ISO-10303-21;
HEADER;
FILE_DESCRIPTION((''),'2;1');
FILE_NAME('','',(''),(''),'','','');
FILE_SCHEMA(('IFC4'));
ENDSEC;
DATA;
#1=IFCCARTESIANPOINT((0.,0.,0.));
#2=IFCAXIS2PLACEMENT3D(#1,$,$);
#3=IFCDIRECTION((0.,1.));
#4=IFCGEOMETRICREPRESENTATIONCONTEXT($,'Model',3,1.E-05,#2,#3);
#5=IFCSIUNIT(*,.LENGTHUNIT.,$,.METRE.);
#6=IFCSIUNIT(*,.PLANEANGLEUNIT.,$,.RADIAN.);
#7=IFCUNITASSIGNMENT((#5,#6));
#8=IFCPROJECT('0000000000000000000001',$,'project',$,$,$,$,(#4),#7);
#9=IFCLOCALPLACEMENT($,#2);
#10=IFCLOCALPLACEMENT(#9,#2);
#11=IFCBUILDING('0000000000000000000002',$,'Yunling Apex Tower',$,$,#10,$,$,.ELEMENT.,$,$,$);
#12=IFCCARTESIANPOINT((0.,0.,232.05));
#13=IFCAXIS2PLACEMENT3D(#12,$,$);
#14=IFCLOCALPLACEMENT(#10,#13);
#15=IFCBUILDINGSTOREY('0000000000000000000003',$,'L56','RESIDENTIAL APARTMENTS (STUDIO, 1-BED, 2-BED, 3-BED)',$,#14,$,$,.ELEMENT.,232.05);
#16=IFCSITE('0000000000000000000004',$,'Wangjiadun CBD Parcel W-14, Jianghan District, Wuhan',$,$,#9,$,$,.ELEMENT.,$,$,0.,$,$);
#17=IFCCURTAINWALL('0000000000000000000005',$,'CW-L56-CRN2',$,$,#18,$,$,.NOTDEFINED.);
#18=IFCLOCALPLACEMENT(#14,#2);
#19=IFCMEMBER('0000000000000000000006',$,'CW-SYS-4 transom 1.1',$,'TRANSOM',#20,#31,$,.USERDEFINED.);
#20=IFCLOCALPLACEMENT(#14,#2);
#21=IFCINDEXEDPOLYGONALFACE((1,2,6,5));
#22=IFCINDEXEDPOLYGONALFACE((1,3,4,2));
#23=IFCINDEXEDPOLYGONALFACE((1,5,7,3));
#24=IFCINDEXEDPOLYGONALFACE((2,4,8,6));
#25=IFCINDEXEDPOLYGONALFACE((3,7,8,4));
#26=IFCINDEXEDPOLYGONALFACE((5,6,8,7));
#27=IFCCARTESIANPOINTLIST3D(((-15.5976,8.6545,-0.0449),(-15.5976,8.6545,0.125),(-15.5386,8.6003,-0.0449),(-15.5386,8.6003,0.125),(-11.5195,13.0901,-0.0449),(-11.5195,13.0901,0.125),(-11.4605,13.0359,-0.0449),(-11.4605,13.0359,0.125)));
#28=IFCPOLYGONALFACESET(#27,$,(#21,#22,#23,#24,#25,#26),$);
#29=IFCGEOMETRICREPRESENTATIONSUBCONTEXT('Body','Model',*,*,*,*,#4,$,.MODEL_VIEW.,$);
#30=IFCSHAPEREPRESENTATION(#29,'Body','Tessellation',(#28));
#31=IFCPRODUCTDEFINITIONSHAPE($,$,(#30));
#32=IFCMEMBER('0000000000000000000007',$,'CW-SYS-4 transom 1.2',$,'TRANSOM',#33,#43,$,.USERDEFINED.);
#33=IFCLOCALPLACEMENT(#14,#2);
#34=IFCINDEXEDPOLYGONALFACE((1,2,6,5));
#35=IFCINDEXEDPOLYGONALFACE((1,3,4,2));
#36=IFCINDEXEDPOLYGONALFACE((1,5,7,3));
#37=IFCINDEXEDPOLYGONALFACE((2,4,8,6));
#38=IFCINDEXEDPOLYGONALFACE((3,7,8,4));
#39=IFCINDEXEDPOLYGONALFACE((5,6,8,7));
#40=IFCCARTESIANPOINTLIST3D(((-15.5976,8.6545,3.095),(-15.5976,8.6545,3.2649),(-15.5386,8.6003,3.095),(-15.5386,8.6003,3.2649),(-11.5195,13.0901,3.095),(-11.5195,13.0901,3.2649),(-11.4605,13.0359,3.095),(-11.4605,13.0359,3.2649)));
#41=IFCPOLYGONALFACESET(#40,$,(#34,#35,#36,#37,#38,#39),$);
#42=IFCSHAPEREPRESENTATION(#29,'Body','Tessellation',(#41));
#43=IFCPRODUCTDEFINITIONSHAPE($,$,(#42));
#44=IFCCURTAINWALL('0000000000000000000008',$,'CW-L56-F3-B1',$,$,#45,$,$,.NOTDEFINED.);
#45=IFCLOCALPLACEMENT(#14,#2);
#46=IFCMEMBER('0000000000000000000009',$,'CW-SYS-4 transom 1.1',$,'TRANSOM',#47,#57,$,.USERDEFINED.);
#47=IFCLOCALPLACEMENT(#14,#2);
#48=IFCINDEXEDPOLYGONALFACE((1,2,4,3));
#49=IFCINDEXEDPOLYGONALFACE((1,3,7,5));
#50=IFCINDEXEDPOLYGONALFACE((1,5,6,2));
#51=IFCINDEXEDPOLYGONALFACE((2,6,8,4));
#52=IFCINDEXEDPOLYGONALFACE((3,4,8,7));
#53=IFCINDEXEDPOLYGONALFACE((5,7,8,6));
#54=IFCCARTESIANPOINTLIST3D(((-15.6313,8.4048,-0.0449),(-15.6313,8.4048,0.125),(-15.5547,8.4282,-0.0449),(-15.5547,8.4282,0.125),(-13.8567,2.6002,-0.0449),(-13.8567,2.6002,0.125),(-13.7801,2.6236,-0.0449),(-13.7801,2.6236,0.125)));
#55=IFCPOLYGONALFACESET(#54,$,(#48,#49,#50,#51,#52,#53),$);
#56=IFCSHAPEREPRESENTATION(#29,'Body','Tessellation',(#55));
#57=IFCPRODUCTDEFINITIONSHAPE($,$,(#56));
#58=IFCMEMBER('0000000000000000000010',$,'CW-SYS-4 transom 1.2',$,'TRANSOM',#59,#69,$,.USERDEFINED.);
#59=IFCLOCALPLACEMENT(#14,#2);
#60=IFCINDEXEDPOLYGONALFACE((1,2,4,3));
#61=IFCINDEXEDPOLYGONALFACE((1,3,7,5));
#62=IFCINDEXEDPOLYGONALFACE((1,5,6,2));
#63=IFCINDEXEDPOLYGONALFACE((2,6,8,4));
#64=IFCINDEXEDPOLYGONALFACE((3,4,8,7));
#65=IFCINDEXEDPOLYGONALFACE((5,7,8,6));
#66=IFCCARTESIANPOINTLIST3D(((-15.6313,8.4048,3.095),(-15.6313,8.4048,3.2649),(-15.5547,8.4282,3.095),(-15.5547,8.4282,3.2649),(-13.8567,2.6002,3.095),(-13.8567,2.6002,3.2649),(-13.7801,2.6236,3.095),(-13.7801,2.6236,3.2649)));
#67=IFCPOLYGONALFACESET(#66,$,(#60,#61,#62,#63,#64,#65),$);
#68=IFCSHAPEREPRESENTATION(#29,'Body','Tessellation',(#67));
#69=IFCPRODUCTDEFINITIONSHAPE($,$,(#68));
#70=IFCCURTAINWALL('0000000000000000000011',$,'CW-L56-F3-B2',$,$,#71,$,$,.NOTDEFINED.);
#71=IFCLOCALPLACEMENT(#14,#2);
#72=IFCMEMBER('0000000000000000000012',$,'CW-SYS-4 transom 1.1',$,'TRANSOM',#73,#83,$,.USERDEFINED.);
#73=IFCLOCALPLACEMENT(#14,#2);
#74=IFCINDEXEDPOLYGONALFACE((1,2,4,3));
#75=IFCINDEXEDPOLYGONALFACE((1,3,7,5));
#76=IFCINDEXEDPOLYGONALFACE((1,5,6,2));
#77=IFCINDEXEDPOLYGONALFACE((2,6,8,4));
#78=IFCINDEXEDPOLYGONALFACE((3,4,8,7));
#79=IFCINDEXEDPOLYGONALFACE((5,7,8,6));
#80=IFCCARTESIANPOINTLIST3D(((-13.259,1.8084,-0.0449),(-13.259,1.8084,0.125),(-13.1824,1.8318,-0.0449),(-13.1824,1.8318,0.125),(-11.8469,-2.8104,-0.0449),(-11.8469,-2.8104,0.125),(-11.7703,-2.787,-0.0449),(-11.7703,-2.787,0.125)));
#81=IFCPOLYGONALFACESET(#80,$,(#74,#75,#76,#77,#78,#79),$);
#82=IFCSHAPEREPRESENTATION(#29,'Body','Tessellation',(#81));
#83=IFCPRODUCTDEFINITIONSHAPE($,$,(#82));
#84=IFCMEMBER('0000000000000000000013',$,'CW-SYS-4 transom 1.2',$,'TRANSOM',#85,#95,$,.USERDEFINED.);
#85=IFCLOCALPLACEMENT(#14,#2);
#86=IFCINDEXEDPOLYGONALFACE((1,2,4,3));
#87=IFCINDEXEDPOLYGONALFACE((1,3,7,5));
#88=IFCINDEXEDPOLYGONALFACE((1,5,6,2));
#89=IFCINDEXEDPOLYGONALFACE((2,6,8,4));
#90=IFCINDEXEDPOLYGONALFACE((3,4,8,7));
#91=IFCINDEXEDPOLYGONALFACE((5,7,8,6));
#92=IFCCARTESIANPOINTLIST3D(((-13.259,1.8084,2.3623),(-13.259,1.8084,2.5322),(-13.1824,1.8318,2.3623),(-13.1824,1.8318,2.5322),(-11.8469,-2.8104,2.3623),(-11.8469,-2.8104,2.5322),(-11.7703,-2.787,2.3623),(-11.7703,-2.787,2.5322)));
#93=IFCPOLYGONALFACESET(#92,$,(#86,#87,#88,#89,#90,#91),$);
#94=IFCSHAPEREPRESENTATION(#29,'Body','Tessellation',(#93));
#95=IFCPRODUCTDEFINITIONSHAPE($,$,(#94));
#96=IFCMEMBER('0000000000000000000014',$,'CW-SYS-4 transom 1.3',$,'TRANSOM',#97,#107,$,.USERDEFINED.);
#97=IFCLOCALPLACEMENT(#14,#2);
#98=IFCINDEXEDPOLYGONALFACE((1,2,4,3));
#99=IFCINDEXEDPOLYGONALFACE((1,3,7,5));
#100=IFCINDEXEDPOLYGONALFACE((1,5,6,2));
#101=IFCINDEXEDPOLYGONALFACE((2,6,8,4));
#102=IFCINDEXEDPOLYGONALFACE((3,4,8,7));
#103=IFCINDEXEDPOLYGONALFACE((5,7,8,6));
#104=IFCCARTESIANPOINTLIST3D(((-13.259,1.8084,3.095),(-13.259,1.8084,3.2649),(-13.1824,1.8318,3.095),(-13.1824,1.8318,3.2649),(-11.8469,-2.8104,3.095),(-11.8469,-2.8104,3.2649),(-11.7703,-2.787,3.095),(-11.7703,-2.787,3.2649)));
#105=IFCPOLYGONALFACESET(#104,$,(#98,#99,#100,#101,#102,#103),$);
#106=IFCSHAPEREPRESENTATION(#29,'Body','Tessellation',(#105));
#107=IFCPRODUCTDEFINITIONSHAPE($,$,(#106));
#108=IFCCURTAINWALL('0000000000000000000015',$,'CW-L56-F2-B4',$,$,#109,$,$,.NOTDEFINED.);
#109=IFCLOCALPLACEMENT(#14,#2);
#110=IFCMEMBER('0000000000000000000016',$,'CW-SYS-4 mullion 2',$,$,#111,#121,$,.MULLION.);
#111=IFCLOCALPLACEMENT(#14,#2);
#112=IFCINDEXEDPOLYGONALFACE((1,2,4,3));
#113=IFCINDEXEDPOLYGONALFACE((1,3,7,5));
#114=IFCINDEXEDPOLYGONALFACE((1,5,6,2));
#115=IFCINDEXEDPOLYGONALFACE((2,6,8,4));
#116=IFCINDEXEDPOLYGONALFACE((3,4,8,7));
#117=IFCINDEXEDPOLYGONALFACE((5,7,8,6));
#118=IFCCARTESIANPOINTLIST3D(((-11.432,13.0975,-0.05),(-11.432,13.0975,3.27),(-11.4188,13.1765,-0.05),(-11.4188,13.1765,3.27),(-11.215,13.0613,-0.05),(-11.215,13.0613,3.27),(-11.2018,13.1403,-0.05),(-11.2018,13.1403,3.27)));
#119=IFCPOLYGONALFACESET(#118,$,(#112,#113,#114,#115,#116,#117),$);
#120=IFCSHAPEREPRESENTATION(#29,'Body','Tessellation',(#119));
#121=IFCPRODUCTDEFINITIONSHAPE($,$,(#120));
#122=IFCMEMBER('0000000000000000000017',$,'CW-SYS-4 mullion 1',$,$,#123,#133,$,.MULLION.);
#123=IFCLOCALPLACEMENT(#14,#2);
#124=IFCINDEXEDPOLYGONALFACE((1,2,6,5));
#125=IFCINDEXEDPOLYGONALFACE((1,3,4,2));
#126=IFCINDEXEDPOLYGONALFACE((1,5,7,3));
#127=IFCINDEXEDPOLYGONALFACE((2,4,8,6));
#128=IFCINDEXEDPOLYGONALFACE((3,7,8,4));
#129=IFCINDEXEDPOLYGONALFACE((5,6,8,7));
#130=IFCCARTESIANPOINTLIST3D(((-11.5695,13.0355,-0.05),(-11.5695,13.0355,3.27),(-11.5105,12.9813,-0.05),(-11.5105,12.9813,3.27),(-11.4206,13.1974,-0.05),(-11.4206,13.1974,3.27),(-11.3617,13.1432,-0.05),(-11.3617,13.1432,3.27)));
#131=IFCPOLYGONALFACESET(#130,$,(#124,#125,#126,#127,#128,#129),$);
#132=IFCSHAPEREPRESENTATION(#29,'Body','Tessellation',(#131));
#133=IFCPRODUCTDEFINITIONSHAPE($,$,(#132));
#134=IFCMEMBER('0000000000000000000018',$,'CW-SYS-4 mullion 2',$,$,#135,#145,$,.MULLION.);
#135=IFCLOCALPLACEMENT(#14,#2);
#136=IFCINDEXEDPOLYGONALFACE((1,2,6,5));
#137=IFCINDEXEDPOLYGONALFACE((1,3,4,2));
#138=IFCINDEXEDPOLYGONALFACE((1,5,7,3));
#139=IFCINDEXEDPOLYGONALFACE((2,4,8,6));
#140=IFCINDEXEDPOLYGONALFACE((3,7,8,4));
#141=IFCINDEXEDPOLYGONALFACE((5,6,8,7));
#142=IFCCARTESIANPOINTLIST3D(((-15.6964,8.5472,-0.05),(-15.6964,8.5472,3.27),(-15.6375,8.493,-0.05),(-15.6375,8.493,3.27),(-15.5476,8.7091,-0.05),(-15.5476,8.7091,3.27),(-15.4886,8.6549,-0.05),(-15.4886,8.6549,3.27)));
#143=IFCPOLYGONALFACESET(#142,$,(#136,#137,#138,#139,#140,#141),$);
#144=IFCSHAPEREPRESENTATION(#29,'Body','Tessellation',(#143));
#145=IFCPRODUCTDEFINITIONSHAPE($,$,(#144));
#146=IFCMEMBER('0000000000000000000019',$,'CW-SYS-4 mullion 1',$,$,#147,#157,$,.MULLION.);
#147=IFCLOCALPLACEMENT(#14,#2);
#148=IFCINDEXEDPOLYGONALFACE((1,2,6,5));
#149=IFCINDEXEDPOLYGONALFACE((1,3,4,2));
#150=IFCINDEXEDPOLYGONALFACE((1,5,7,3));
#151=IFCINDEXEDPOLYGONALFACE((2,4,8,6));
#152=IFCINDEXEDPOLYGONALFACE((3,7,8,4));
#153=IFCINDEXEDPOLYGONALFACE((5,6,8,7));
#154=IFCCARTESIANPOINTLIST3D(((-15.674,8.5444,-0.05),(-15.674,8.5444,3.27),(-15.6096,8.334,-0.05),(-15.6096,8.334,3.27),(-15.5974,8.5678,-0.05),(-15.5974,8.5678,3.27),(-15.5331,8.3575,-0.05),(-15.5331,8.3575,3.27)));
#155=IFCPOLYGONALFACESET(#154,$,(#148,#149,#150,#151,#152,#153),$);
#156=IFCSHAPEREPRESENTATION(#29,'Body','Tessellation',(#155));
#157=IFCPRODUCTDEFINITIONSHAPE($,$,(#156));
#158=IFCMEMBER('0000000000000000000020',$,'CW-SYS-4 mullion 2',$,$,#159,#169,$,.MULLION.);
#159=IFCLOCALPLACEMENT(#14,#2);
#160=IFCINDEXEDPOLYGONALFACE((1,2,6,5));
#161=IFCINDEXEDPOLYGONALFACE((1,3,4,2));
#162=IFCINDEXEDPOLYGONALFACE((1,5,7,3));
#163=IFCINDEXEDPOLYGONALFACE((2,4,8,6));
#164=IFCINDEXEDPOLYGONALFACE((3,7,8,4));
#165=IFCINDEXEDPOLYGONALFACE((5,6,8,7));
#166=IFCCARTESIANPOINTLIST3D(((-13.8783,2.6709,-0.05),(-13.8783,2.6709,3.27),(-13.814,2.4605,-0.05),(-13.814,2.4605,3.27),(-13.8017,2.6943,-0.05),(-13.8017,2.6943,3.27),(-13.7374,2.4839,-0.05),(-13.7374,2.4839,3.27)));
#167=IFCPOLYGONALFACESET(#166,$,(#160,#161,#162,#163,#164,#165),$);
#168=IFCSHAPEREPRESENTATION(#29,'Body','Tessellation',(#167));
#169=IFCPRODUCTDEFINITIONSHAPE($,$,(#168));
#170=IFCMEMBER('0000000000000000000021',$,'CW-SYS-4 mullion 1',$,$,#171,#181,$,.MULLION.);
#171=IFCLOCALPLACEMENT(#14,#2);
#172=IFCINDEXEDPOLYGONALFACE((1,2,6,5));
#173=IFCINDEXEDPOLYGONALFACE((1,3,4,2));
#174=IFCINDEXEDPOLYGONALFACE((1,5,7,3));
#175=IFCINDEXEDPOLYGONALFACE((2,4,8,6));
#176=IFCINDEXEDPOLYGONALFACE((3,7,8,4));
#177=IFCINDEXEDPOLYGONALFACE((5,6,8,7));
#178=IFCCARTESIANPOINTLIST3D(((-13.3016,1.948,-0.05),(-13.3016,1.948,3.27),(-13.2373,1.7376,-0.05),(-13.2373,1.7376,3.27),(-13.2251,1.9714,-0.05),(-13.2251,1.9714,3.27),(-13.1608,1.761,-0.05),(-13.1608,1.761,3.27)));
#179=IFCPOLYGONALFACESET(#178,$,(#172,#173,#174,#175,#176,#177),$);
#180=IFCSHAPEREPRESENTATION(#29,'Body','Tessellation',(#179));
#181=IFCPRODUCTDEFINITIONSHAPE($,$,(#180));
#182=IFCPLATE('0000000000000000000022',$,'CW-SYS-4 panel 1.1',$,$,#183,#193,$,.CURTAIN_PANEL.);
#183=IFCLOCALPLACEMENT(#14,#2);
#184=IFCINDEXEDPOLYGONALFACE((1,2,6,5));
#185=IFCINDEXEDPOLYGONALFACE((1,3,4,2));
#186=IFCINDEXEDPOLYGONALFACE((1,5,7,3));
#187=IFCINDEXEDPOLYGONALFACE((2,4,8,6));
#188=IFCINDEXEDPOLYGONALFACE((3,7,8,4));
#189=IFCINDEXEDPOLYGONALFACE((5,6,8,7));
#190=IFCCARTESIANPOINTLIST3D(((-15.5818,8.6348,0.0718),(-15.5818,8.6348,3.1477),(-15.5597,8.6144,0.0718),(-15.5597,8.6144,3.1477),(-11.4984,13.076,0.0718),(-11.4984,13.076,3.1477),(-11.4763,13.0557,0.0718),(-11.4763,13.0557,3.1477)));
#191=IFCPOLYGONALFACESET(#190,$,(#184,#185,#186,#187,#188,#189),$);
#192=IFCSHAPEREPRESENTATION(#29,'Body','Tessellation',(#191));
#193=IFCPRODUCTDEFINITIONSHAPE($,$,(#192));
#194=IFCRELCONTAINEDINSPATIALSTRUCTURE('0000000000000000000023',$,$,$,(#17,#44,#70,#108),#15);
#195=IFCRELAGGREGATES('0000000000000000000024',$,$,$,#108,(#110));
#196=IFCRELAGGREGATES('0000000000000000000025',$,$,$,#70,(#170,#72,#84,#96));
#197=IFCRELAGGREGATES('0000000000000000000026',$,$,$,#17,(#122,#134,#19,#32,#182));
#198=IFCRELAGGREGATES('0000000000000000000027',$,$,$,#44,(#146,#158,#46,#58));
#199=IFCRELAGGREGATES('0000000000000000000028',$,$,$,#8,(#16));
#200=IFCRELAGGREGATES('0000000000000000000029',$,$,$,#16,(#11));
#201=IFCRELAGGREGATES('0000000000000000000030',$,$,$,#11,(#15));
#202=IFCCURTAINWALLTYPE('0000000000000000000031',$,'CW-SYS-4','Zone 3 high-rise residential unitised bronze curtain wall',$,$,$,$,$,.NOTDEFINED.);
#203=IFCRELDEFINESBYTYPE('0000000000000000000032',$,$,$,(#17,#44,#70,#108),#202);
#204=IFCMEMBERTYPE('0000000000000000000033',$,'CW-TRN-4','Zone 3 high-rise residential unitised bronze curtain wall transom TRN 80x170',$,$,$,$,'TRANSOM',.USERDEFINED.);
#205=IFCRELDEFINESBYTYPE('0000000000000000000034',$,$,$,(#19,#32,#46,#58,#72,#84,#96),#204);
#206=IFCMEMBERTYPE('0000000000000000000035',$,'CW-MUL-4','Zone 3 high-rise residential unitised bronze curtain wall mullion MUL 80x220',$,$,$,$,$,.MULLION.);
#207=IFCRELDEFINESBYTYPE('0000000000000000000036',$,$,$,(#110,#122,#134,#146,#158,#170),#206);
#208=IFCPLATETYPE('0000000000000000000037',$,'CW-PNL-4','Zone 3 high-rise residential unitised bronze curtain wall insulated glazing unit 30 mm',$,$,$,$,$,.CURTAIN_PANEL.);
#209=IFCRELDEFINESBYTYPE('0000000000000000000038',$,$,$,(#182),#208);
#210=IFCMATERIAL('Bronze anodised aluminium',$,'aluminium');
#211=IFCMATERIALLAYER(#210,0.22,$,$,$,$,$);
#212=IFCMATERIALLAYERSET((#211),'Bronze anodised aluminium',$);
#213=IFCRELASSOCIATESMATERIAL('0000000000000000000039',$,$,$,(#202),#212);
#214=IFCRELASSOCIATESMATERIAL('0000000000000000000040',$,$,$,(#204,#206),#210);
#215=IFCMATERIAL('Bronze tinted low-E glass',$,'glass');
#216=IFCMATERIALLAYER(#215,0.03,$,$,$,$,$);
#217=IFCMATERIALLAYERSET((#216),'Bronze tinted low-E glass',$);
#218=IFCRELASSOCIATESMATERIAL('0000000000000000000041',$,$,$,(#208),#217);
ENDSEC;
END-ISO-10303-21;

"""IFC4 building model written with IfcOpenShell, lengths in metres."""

from ifc_helpers import new_model, si_unit, direction, frame, origin, origin_2d, place, context, subcontext, project, spatial, rectangle, extrude, source, transform, mapped, material, layer, layer_set, material_profile, profile_set, type_object, element, aggregate, save


model = new_model("IFC4")

# Units and contexts
model_context = context("Model", 3, precision=1e-05, world=origin(), true_north=direction((0.0, 1.0)))
body_context = subcontext(model_context, "Body", "Model", "MODEL_VIEW")
ifc_project = project(units=[si_unit("LENGTHUNIT", "METRE"), si_unit("PLANEANGLEUNIT", "RADIAN")], contexts=[model_context])

# Site, building, storey
site_placement = place(None, origin())
site = spatial("IfcSite", under=ifc_project, at=site_placement, Name="Wangjiadun CBD Parcel W-14, Jianghan District, Wuhan", CompositionType="ELEMENT", RefElevation=0.0)
building_placement = place(site_placement, origin())
building = spatial("IfcBuilding", under=site, at=building_placement, Name="Yunling Apex Tower", CompositionType="ELEMENT")
storey_placement = place(building_placement, frame((0.0, 0.0, 232.05)))
storey = spatial("IfcBuildingStorey", under=building, at=storey_placement, Name="L56", Description="RESIDENTIAL APARTMENTS (STUDIO, 1-BED, 2-BED, 3-BED)", CompositionType="ELEMENT", Elevation=232.05)

# Curtain walls, members
ifc_material_1 = material(Name="Bronze anodised aluminium", Category="aluminium")
ifc_layer_1 = layer(ifc_material_1, 0.22)
ifc_layer_set_1 = layer_set([ifc_layer_1], Name="Bronze anodised aluminium")
curtain_wall_type = type_object("IfcCurtainWallType", Name="CW-SYS-4", Description="Zone 3 high-rise residential unitised bronze curtain wall", PredefinedType="NOTDEFINED", material=ifc_layer_set_1)
curtain_wall_1_placement = place(storey_placement, origin())
curtain_wall_1 = element("IfcCurtainWall", 1, at=curtain_wall_1_placement, inside=storey, type_object=curtain_wall_type, Name="CW-L56-CRN2", PredefinedType="NOTDEFINED")
ifc_material_profile_1 = material_profile(ifc_material_1, rectangle(XDim=0.0801, YDim=0.1699, at=origin_2d()))
ifc_profile_set_1 = profile_set([ifc_material_profile_1], Name="Bronze anodised aluminium")
member_type_1 = type_object("IfcMemberType", Name="CW-TRN-4", Description="Zone 3 high-rise residential unitised bronze curtain wall transom TRN 80x170", ElementType="TRANSOM", PredefinedType="USERDEFINED", material=ifc_profile_set_1)
shared_shape_1 = source(origin(), body_context, "Body", "SweptSolid", [
    extrude(rectangle(XDim=0.0801, YDim=0.1699, at=origin_2d()), origin(), (0.0, 0.0, 1.0), 6.0254),
])
member_1_placement = place(storey_placement, frame((-11.49, 13.063, 0.04), z_axis=(-0.676825, -0.736144, 0.0), x_axis=(0.736144, -0.676825, 0.0)))
member_1 = element("IfcMember", 2, at=member_1_placement, type_object=member_type_1, Name="CW-SYS-4 transom 1.1", ObjectType="TRANSOM", PredefinedType="USERDEFINED", context=body_context, shape_type="MappedRepresentation", body=[
    mapped(shared_shape_1, transform((0.0, 0.0, 0.0), scale=1.0)),
])
member_2_placement = place(storey_placement, frame((-11.49, 13.063, 3.1799), z_axis=(-0.676825, -0.736144, 0.0), x_axis=(0.736144, -0.676825, 0.0)))
member_2 = element("IfcMember", 3, at=member_2_placement, type_object=member_type_1, Name="CW-SYS-4 transom 1.2", ObjectType="TRANSOM", PredefinedType="USERDEFINED", context=body_context, shape_type="MappedRepresentation", body=[
    mapped(shared_shape_1, transform((0.0, 0.0, 0.0), scale=1.0)),
])
curtain_wall_2_placement = place(storey_placement, origin())
curtain_wall_2 = element("IfcCurtainWall", 4, at=curtain_wall_2_placement, inside=storey, type_object=curtain_wall_type, Name="CW-L56-F3-B1", PredefinedType="NOTDEFINED")
shared_shape_2 = source(origin(), body_context, "Body", "SweptSolid", [
    extrude(rectangle(XDim=0.0801, YDim=0.1699, at=origin_2d()), origin(), (0.0, 0.0, 1.0), 6.0698),
])
member_3_placement = place(storey_placement, frame((-15.593, 8.4165, 0.04), z_axis=(0.29237, -0.956305, 0.0), x_axis=(0.956305, 0.29237, 0.0)))
member_3 = element("IfcMember", 5, at=member_3_placement, type_object=member_type_1, Name="CW-SYS-4 transom 1.1", ObjectType="TRANSOM", PredefinedType="USERDEFINED", context=body_context, shape_type="MappedRepresentation", body=[
    mapped(shared_shape_2, transform((0.0, 0.0, 0.0), scale=1.0)),
])
member_4_placement = place(storey_placement, frame((-15.593, 8.4165, 3.1799), z_axis=(0.29237, -0.956305, 0.0), x_axis=(0.956305, 0.29237, 0.0)))
member_4 = element("IfcMember", 6, at=member_4_placement, type_object=member_type_1, Name="CW-SYS-4 transom 1.2", ObjectType="TRANSOM", PredefinedType="USERDEFINED", context=body_context, shape_type="MappedRepresentation", body=[
    mapped(shared_shape_2, transform((0.0, 0.0, 0.0), scale=1.0)),
])
curtain_wall_3_placement = place(storey_placement, origin())
curtain_wall_3 = element("IfcCurtainWall", 7, at=curtain_wall_3_placement, inside=storey, type_object=curtain_wall_type, Name="CW-L56-F3-B2", PredefinedType="NOTDEFINED")
shared_shape_3 = source(origin(), body_context, "Body", "SweptSolid", [
    extrude(rectangle(XDim=0.0801, YDim=0.1699, at=origin_2d()), origin(), (0.0, 0.0, 1.0), 4.8298),
])
member_5_placement = place(storey_placement, frame((-13.2207, 1.8201, 0.04), z_axis=(0.292366, -0.956306, 0.0), x_axis=(0.956306, 0.292366, 0.0)))
member_5 = element("IfcMember", 8, at=member_5_placement, type_object=member_type_1, Name="CW-SYS-4 transom 1.1", ObjectType="TRANSOM", PredefinedType="USERDEFINED", context=body_context, shape_type="MappedRepresentation", body=[
    mapped(shared_shape_3, transform((0.0, 0.0, 0.0), scale=1.0)),
])
member_6_placement = place(storey_placement, frame((-13.2207, 1.8201, 2.4473), z_axis=(0.292366, -0.956306, 0.0), x_axis=(0.956306, 0.292366, 0.0)))
member_6 = element("IfcMember", 9, at=member_6_placement, type_object=member_type_1, Name="CW-SYS-4 transom 1.2", ObjectType="TRANSOM", PredefinedType="USERDEFINED", context=body_context, shape_type="MappedRepresentation", body=[
    mapped(shared_shape_3, transform((0.0, 0.0, 0.0), scale=1.0)),
])
member_7_placement = place(storey_placement, frame((-13.2207, 1.8201, 3.1799), z_axis=(0.292366, -0.956306, 0.0), x_axis=(0.956306, 0.292366, 0.0)))
member_7 = element("IfcMember", 10, at=member_7_placement, type_object=member_type_1, Name="CW-SYS-4 transom 1.3", ObjectType="TRANSOM", PredefinedType="USERDEFINED", context=body_context, shape_type="MappedRepresentation", body=[
    mapped(shared_shape_3, transform((0.0, 0.0, 0.0), scale=1.0)),
])

# Curtain wall, member
curtain_wall_4_placement = place(storey_placement, origin())
curtain_wall_4 = element("IfcCurtainWall", 11, at=curtain_wall_4_placement, inside=storey, type_object=curtain_wall_type, Name="CW-L56-F2-B4", PredefinedType="NOTDEFINED")
ifc_material_profile_2 = material_profile(ifc_material_1, rectangle(XDim=0.0801, YDim=0.22, at=origin_2d()))
ifc_profile_set_2 = profile_set([ifc_material_profile_2], Name="Bronze anodised aluminium")
member_type_2 = type_object("IfcMemberType", Name="CW-MUL-4", Description="Zone 3 high-rise residential unitised bronze curtain wall mullion MUL 80x220", PredefinedType="MULLION", material=ifc_profile_set_2)
shared_shape_4 = source(origin(), body_context, "Body", "SweptSolid", [
    extrude(rectangle(XDim=0.0801, YDim=0.22, at=origin_2d()), origin(), (0.0, 0.0, 1.0), 3.3201),
])
member_8_placement = place(storey_placement, frame((-11.3169, 13.1189, -0.05), z_axis=(0.0, 0.0, 1.0), x_axis=(-0.164353, -0.986402, 0.0)))
member_8 = element("IfcMember", 12, at=member_8_placement, type_object=member_type_2, Name="CW-SYS-4 mullion 2", PredefinedType="MULLION", context=body_context, shape_type="MappedRepresentation", body=[
    mapped(shared_shape_4, transform((0.0, 0.0, 0.0), scale=1.0)),
])
aggregate(curtain_wall_4, [member_8])

# Members
member_9_placement = place(storey_placement, frame((-11.4656, 13.0894, -0.05), z_axis=(0.0, 0.0, 1.0), x_axis=(0.736134, -0.676836, 0.0)))
member_9 = element("IfcMember", 13, at=member_9_placement, type_object=member_type_2, Name="CW-SYS-4 mullion 1", PredefinedType="MULLION", context=body_context, shape_type="MappedRepresentation", body=[
    mapped(shared_shape_4, transform((0.0, 0.0, 0.0), scale=1.0)),
])
member_10_placement = place(storey_placement, frame((-15.5925, 8.6011, -0.05), z_axis=(0.0, 0.0, 1.0), x_axis=(0.736134, -0.676836, 0.0)))
member_10 = element("IfcMember", 14, at=member_10_placement, type_object=member_type_2, Name="CW-SYS-4 mullion 2", PredefinedType="MULLION", context=body_context, shape_type="MappedRepresentation", body=[
    mapped(shared_shape_4, transform((0.0, 0.0, 0.0), scale=1.0)),
])
member_11_placement = place(storey_placement, frame((-15.6035, 8.4509, -0.05), z_axis=(0.0, 0.0, 1.0), x_axis=(0.956305, 0.292372, 0.0)))
member_11 = element("IfcMember", 15, at=member_11_placement, type_object=member_type_2, Name="CW-SYS-4 mullion 1", PredefinedType="MULLION", context=body_context, shape_type="MappedRepresentation", body=[
    mapped(shared_shape_4, transform((0.0, 0.0, 0.0), scale=1.0)),
])
member_12_placement = place(storey_placement, frame((-13.8079, 2.5774, -0.05), z_axis=(0.0, 0.0, 1.0), x_axis=(0.956305, 0.292372, 0.0)))
member_12 = element("IfcMember", 16, at=member_12_placement, type_object=member_type_2, Name="CW-SYS-4 mullion 2", PredefinedType="MULLION", context=body_context, shape_type="MappedRepresentation", body=[
    mapped(shared_shape_4, transform((0.0, 0.0, 0.0), scale=1.0)),
])
member_13_placement = place(storey_placement, frame((-13.2312, 1.8545, -0.05), z_axis=(0.0, 0.0, 1.0), x_axis=(0.956304, 0.292373, 0.0)))
member_13 = element("IfcMember", 17, at=member_13_placement, type_object=member_type_2, Name="CW-SYS-4 mullion 1", PredefinedType="MULLION", context=body_context, shape_type="MappedRepresentation", body=[
    mapped(shared_shape_4, transform((0.0, 0.0, 0.0), scale=1.0)),
])
aggregate(curtain_wall_3, [member_13, member_5, member_6, member_7])

# Plate
ifc_material_2 = material(Name="Bronze tinted low-E glass", Category="glass")
ifc_layer_2 = layer(ifc_material_2, 0.03)
ifc_layer_set_2 = layer_set([ifc_layer_2], Name="Bronze tinted low-E glass")
plate_type = type_object("IfcPlateType", Name="CW-PNL-4", Description="Zone 3 high-rise residential unitised bronze curtain wall insulated glazing unit 30 mm", PredefinedType="CURTAIN_PANEL", material=ifc_layer_set_2)
shared_shape_5 = source(origin(), body_context, "Body", "SweptSolid", [
    extrude(rectangle(XDim=6.0332, YDim=0.03, at=origin_2d()), origin(), (0.0, 0.0, 1.0), 3.0759),
])
plate_1_placement = place(storey_placement, frame((-13.5291, 10.8452, 0.0718), z_axis=(0.0, 0.0, 1.0), x_axis=(-0.676836, -0.736134, 0.0)))
plate_1 = element("IfcPlate", 18, at=plate_1_placement, type_object=plate_type, Name="CW-SYS-4 panel 1.1", PredefinedType="CURTAIN_PANEL", context=body_context, shape_type="MappedRepresentation", body=[
    mapped(shared_shape_5, transform((0.0, 0.0, 0.0), scale=1.0)),
])
aggregate(curtain_wall_1, [member_9, member_10, member_1, member_2, plate_1])
aggregate(curtain_wall_2, [member_11, member_12, member_3, member_4])

save(model, "model.ifc")
